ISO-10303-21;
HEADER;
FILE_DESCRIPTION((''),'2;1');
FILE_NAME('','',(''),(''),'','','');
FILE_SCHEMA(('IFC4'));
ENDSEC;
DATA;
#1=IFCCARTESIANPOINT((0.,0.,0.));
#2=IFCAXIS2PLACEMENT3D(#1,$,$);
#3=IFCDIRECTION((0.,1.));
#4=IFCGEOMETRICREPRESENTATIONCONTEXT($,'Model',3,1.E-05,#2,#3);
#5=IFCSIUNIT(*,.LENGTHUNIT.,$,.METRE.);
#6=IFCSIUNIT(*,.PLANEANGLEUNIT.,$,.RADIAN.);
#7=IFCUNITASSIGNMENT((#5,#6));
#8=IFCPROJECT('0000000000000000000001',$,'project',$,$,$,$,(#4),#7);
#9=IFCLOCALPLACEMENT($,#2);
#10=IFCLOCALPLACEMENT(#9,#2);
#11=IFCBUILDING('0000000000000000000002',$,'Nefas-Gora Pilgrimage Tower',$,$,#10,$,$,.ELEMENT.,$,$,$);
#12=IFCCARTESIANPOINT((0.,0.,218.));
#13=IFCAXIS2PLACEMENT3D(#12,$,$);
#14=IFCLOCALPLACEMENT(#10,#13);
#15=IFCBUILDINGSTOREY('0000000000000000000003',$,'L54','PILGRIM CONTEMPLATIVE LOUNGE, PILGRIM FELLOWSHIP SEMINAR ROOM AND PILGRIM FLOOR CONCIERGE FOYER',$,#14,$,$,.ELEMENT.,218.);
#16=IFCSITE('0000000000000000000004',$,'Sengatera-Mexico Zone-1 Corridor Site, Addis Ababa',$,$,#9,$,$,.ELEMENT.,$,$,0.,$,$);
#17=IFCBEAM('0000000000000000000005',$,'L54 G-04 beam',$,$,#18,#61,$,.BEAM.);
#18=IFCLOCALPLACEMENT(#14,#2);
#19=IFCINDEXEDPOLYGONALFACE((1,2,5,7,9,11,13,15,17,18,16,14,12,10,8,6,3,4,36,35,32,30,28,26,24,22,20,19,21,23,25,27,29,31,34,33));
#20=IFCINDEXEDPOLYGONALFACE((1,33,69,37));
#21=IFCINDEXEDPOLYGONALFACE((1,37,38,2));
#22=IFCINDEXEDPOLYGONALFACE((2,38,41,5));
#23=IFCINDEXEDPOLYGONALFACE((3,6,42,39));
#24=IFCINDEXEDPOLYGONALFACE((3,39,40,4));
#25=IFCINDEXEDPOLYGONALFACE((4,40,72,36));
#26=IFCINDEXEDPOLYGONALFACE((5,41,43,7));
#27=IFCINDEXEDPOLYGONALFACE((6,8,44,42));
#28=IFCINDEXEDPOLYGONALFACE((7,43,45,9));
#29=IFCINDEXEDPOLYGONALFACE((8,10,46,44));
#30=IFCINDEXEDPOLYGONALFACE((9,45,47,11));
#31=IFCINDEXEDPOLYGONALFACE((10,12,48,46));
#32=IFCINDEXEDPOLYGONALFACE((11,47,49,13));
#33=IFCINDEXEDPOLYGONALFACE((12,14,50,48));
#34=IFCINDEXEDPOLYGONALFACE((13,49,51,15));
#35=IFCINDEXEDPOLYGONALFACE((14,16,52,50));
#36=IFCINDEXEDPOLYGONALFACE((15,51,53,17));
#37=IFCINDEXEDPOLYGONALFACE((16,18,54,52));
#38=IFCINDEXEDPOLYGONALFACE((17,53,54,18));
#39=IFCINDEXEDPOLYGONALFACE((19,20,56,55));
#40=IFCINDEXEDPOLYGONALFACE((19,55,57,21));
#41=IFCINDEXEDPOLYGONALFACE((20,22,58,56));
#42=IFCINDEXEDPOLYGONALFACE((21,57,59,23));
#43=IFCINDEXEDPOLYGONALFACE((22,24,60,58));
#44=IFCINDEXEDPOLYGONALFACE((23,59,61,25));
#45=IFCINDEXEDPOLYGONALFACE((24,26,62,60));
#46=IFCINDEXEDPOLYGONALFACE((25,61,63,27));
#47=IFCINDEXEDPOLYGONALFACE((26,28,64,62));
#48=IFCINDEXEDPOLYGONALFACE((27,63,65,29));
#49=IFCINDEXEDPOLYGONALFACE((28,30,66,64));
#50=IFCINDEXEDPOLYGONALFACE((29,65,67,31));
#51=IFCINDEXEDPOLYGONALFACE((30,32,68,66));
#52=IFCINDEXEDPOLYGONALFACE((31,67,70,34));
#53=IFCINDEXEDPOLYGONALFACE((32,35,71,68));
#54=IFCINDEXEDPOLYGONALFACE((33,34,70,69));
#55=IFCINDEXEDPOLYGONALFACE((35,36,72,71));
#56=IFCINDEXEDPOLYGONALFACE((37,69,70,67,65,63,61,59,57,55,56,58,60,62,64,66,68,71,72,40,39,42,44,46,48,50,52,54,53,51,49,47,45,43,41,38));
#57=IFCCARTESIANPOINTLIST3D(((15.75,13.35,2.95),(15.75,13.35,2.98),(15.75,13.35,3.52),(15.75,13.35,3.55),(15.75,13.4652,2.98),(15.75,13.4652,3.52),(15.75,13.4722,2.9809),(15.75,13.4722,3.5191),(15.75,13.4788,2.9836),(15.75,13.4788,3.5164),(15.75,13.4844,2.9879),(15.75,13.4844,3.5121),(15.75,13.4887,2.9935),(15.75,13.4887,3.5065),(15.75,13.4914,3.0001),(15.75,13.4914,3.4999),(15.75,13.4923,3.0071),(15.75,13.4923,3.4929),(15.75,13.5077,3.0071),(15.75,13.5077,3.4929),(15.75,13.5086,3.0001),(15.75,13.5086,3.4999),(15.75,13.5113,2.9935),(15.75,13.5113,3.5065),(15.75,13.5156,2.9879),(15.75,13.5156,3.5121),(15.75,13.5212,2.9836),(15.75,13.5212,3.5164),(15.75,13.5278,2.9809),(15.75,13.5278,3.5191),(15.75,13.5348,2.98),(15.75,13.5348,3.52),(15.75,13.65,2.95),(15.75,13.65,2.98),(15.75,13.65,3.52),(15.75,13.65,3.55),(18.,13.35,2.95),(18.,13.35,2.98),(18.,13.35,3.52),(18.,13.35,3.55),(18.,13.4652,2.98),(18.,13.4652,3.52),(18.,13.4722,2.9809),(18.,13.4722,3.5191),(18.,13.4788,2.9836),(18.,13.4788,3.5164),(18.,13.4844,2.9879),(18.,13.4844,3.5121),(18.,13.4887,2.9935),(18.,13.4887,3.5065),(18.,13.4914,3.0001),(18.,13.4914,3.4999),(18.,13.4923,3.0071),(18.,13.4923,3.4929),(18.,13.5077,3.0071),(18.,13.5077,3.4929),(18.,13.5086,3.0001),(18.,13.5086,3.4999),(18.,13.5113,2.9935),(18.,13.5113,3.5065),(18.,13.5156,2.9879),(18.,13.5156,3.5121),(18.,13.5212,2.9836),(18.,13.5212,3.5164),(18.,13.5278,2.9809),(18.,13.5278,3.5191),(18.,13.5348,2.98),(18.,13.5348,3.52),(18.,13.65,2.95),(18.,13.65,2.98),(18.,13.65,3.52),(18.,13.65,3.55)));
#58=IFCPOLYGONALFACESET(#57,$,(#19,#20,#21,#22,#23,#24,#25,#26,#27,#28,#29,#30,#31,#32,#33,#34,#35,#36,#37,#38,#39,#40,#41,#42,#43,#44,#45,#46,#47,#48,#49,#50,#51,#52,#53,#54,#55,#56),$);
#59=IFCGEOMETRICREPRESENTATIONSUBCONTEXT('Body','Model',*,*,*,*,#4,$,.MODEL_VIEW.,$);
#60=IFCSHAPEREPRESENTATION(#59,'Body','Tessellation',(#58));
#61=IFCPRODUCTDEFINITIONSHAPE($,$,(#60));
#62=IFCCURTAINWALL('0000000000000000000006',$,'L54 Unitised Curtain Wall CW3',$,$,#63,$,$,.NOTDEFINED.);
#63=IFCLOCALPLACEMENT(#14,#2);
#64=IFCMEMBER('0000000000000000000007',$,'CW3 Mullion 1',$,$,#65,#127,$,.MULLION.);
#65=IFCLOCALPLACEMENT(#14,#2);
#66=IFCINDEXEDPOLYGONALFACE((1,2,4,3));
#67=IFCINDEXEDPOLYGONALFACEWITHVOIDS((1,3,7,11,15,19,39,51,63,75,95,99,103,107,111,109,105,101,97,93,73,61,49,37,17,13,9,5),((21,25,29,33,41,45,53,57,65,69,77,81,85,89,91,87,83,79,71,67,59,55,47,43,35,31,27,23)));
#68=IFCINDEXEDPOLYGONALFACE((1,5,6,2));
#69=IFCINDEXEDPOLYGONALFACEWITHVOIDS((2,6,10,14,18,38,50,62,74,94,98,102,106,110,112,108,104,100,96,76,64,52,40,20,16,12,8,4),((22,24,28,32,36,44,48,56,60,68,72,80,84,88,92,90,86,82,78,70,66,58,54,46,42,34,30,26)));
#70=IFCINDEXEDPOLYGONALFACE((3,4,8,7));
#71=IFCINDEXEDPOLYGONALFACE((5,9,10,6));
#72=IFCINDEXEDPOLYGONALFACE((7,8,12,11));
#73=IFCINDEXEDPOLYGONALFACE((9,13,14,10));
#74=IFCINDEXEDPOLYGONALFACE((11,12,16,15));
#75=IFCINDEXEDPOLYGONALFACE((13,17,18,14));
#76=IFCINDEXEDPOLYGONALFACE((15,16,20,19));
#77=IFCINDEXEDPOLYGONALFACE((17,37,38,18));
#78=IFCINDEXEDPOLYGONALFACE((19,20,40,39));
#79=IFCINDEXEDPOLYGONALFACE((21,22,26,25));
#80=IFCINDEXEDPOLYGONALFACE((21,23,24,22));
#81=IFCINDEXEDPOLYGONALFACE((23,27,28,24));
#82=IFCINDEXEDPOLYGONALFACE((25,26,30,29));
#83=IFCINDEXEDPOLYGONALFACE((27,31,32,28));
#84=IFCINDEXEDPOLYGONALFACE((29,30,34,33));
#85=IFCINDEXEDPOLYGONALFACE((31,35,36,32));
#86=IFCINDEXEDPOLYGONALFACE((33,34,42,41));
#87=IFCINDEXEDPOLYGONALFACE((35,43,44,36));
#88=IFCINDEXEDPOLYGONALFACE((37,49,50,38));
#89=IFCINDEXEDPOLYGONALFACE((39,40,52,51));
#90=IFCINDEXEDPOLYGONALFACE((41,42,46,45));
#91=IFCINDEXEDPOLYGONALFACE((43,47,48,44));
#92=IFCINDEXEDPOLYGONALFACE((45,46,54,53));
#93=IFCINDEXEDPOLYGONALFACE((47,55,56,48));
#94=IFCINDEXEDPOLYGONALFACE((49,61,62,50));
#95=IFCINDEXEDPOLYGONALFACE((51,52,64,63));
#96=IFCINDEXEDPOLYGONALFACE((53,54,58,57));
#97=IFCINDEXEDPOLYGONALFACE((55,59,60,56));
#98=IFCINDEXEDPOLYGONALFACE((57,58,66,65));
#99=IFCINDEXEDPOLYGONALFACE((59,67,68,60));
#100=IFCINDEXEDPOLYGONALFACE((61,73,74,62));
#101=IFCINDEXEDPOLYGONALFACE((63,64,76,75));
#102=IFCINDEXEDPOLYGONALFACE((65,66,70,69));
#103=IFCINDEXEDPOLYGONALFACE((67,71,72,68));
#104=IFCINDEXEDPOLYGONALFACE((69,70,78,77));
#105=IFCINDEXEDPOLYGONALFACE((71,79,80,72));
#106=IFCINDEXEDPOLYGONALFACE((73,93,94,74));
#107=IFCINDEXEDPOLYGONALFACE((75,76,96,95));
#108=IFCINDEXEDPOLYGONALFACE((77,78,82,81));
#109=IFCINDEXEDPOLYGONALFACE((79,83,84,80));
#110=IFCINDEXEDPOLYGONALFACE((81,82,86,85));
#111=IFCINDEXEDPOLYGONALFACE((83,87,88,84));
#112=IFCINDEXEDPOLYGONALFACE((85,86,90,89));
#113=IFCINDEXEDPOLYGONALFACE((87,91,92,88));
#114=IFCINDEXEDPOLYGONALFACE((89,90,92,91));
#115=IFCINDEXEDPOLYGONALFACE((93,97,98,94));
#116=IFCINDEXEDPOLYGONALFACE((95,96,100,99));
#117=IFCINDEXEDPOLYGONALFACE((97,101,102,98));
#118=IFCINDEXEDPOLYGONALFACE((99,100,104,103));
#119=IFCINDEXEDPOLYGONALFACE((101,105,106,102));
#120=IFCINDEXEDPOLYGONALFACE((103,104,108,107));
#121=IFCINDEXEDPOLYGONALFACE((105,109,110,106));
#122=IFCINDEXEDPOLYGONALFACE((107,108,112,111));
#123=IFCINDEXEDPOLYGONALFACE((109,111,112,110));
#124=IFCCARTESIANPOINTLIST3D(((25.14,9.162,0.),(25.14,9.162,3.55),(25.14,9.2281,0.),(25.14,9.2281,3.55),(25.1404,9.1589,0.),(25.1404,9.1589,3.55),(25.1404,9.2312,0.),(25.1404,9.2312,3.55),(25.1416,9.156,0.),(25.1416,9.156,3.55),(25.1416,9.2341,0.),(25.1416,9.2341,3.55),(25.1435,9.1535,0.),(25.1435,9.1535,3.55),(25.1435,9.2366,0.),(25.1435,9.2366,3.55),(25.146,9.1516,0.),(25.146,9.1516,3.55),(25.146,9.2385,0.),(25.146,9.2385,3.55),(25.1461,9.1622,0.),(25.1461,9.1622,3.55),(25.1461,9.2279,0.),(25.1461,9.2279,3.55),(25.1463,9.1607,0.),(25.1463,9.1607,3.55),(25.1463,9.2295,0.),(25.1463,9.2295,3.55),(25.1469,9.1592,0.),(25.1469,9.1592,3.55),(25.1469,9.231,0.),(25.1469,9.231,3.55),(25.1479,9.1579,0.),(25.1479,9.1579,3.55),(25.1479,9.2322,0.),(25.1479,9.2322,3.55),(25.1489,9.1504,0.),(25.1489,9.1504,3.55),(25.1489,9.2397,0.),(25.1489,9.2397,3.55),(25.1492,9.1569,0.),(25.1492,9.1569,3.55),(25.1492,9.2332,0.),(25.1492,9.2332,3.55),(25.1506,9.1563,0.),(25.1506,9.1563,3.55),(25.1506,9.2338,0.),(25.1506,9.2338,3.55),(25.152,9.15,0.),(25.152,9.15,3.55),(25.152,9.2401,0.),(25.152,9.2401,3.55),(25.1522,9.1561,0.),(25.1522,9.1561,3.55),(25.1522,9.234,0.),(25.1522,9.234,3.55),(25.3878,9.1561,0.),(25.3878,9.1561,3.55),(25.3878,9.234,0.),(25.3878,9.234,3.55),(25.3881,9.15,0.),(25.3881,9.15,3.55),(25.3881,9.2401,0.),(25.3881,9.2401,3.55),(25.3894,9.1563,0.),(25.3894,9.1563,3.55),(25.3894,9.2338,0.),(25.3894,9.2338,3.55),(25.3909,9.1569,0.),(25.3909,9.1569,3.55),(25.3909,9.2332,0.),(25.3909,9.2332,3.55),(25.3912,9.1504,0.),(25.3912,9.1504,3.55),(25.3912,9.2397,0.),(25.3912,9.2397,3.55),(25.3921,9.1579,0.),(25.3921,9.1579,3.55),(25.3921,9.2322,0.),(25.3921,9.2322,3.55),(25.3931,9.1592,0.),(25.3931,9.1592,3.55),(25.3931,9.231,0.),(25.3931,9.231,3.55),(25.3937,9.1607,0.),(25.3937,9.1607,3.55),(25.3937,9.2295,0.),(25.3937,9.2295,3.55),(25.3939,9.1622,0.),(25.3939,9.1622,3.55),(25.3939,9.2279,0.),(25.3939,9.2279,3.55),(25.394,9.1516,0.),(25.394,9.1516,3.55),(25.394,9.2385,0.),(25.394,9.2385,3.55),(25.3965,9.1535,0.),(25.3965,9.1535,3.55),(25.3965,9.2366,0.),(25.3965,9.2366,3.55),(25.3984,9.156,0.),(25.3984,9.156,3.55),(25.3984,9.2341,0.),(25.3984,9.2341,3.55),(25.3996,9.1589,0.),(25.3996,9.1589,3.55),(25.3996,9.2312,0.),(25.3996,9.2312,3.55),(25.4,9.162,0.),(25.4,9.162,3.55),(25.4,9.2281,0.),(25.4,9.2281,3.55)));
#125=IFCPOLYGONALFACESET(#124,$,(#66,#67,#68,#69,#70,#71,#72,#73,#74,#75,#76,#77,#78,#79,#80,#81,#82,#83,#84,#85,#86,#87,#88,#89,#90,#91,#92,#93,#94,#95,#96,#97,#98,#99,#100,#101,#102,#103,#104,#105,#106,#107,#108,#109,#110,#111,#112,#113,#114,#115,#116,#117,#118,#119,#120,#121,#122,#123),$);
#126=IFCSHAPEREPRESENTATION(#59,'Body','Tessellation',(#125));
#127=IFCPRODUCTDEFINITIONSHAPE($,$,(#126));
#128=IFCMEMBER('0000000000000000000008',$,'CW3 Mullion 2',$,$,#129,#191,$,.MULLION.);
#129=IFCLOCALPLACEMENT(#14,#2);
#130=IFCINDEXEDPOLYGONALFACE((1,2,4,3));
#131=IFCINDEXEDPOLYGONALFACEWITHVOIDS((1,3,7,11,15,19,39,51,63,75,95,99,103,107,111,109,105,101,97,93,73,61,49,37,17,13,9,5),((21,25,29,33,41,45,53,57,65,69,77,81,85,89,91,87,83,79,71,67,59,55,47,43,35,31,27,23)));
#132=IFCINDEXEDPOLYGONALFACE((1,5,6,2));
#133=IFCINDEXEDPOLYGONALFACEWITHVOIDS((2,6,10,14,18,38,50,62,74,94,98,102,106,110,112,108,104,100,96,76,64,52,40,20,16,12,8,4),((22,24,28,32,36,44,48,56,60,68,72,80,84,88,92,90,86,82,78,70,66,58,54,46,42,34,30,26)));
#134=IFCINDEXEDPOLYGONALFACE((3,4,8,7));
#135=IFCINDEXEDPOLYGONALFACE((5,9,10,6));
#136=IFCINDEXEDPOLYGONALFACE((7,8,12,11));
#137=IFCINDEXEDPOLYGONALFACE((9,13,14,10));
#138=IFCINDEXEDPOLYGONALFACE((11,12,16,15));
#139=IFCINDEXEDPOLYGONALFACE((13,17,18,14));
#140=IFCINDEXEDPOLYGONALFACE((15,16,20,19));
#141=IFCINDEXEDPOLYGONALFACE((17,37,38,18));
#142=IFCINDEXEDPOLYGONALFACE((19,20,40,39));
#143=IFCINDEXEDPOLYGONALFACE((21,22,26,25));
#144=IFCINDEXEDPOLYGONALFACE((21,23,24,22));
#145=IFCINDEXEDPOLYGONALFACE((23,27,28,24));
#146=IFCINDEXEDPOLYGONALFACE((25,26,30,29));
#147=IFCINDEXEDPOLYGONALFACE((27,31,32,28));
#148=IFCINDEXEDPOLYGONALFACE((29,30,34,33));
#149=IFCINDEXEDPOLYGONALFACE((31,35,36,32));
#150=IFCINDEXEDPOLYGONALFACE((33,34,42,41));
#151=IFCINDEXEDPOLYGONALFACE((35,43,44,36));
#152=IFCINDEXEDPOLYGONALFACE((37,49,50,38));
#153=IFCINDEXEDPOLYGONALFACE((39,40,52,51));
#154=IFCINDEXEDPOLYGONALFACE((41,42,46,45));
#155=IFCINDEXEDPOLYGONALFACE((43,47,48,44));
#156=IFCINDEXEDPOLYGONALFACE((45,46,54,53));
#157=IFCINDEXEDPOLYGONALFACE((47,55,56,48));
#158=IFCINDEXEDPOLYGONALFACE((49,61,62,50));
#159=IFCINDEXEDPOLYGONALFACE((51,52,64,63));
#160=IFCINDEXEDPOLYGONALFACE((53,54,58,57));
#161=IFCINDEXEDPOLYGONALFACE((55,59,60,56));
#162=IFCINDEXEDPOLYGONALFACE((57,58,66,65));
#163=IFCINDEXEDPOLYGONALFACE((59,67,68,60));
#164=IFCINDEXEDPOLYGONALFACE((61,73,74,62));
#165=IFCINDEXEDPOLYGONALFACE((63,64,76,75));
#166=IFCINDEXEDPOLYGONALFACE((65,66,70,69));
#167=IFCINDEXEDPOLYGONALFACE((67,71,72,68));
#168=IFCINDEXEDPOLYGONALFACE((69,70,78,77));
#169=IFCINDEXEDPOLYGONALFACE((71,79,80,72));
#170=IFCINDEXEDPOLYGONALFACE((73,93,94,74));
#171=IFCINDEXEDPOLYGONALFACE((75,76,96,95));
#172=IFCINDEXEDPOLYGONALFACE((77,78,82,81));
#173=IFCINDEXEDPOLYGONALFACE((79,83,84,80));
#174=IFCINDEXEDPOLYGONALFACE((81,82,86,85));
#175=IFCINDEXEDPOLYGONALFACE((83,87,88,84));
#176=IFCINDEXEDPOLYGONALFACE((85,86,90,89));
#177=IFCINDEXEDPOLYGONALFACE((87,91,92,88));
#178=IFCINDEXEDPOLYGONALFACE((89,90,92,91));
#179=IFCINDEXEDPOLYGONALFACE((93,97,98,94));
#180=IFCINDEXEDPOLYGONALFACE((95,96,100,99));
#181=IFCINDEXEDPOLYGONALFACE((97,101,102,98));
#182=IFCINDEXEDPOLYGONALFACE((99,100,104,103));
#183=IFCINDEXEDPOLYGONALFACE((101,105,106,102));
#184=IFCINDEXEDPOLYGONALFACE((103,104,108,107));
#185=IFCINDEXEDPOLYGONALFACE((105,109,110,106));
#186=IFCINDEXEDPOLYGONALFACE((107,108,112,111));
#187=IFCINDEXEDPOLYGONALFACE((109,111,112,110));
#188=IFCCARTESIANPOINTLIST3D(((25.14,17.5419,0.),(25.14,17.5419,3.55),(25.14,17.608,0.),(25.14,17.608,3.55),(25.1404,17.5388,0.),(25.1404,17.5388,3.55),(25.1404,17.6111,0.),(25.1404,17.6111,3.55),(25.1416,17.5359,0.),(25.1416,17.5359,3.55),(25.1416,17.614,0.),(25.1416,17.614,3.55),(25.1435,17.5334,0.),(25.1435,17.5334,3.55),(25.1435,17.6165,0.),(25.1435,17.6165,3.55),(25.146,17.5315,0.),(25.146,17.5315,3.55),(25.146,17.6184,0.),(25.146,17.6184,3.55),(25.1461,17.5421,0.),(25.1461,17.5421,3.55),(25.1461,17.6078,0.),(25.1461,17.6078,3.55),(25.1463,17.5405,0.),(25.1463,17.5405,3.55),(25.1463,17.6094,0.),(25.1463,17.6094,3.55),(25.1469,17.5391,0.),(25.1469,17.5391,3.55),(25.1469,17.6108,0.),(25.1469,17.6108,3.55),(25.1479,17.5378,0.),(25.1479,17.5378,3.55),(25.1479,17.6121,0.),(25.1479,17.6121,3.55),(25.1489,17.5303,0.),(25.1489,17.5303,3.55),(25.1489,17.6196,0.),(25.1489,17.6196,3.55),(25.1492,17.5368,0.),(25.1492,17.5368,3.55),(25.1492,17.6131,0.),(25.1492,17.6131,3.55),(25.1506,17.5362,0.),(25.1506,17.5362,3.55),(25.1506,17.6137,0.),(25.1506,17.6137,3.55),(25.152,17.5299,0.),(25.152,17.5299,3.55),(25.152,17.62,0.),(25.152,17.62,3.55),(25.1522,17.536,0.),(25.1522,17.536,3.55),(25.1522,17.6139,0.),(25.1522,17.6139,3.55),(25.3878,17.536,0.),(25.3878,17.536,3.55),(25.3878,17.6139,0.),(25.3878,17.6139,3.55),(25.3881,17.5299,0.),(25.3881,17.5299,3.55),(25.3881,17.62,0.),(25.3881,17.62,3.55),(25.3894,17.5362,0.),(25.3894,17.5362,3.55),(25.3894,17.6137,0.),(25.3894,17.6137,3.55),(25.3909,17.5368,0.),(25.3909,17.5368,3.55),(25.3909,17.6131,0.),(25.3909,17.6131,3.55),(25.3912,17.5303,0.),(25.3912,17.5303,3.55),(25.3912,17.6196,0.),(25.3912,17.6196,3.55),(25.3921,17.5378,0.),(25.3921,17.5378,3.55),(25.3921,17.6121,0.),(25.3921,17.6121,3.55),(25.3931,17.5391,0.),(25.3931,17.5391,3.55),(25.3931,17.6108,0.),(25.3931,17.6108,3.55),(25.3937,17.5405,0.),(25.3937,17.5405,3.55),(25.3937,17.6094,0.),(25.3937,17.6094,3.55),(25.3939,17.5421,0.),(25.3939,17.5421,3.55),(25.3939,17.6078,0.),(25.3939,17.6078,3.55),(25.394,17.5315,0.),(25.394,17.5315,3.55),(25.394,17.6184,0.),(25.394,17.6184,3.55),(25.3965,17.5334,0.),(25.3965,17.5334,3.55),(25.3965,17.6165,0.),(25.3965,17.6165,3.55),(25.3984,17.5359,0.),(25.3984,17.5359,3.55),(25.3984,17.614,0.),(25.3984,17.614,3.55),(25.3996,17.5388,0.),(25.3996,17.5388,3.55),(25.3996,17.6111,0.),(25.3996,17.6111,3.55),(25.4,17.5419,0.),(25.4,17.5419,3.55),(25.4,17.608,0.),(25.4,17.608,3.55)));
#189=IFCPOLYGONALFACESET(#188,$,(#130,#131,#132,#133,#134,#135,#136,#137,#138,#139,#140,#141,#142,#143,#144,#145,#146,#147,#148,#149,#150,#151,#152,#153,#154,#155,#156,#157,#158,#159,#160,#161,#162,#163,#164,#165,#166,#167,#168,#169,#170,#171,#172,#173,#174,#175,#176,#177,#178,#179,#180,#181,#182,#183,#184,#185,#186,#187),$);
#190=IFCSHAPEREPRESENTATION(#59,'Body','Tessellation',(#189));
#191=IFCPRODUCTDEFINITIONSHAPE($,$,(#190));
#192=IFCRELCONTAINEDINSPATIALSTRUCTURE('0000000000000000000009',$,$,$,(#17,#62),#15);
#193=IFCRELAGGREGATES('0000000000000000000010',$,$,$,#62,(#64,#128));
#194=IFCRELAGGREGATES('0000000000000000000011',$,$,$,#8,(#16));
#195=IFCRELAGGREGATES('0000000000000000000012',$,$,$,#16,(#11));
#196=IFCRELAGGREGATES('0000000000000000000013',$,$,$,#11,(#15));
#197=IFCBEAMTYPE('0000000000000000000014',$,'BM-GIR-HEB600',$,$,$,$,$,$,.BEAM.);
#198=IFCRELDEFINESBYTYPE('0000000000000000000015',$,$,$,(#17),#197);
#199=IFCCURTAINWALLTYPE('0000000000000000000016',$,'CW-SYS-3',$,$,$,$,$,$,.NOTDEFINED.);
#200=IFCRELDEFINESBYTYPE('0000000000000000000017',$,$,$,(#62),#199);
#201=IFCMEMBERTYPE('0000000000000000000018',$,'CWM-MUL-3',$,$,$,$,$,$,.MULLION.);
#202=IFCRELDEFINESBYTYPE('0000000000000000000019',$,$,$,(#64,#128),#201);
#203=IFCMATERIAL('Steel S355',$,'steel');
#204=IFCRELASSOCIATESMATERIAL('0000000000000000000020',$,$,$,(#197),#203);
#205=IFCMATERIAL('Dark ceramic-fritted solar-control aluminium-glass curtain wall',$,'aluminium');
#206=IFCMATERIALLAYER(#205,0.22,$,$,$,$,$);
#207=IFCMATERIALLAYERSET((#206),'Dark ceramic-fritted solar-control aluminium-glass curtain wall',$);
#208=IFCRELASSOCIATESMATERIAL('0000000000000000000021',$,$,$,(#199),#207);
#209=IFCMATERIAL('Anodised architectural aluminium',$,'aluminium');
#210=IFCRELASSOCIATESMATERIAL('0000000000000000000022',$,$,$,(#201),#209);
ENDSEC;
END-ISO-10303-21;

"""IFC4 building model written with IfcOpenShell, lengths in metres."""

from ifc_helpers import new_model, si_unit, direction, frame, origin, origin_2d, place, context, subcontext, project, spatial, hollow_rectangle, i_section, extrude, source, transform, mapped, material, layer, layer_set, material_profile, profile_set, type_object, element, aggregate, save


model = new_model("IFC4")

# Units and contexts
model_context = context("Model", 3, precision=1e-05, world=origin(), true_north=direction((0.0, 1.0)))
body_context = subcontext(model_context, "Body", "Model", "MODEL_VIEW")
ifc_project = project(units=[si_unit("LENGTHUNIT", "METRE"), si_unit("PLANEANGLEUNIT", "RADIAN")], contexts=[model_context])

# Site, building, storey
site_placement = place(None, origin())
site = spatial("IfcSite", under=ifc_project, at=site_placement, Name="Sengatera-Mexico Zone-1 Corridor Site, Addis Ababa", CompositionType="ELEMENT", RefElevation=0.0)
building_placement = place(site_placement, origin())
building = spatial("IfcBuilding", under=site, at=building_placement, Name="Nefas-Gora Pilgrimage Tower", CompositionType="ELEMENT")
storey_placement = place(building_placement, frame((0.0, 0.0, 218.0)))
storey = spatial("IfcBuildingStorey", under=building, at=storey_placement, Name="L54", Description="PILGRIM CONTEMPLATIVE LOUNGE, PILGRIM FELLOWSHIP SEMINAR ROOM AND PILGRIM FLOOR CONCIERGE FOYER", CompositionType="ELEMENT", Elevation=218.0)

# Beam
ifc_material_1 = material(Name="Steel S355", Category="steel")
ifc_material_profile_1 = material_profile(ifc_material_1, i_section(OverallWidth=0.3, OverallDepth=0.6001, WebThickness=0.0154, FlangeThickness=0.03, FilletRadius=0.0271, at=origin_2d()), Name="HEB 600")
ifc_profile_set_1 = profile_set([ifc_material_profile_1], Name="Steel S355")
beam_type_1 = type_object("IfcBeamType", Name="BM-GIR-HEB600", PredefinedType="BEAM", material=ifc_profile_set_1)
shared_shape_1 = source(origin(), body_context, "Body", "SweptSolid", [
    extrude(i_section(OverallWidth=0.3, OverallDepth=0.6001, WebThickness=0.0154, FlangeThickness=0.03, FilletRadius=0.0271, at=origin_2d()), origin(), (0.0, 0.0, 1.0), 2.25),
])
beam_1_placement = place(storey_placement, frame((15.75, 13.5, 3.25), z_axis=(1.0, 0.0, 0.0), x_axis=(0.0, 1.0, 0.0)))
element("IfcBeam", 1, at=beam_1_placement, inside=storey, type_object=beam_type_1, Name="L54 G-04 beam", PredefinedType="BEAM", context=body_context, shape_type="MappedRepresentation", body=[
    mapped(shared_shape_1, transform((0.0, 0.0, 0.0), x_axis=(1.0, 0.0, 0.0), y_axis=(0.0, 1.0, 0.0), z_axis=(0.0, 0.0, 1.0), scale=1.0)),
])

# Curtain wall, members
ifc_material_2 = material(Name="Dark ceramic-fritted solar-control aluminium-glass curtain wall", Category="aluminium")
ifc_layer_1 = layer(ifc_material_2, 0.22)
ifc_layer_set_1 = layer_set([ifc_layer_1], Name="Dark ceramic-fritted solar-control aluminium-glass curtain wall")
curtain_wall_type = type_object("IfcCurtainWallType", Name="CW-SYS-3", PredefinedType="NOTDEFINED", material=ifc_layer_set_1)
curtain_wall_1_placement = place(storey_placement, origin())
curtain_wall_1 = element("IfcCurtainWall", 2, at=curtain_wall_1_placement, inside=storey, type_object=curtain_wall_type, Name="L54 Unitised Curtain Wall CW3", PredefinedType="NOTDEFINED")
ifc_material_3 = material(Name="Anodised architectural aluminium", Category="aluminium")
ifc_material_profile_2 = material_profile(ifc_material_3, hollow_rectangle(XDim=0.0901, YDim=0.26, WallThickness=0.0061, InnerFilletRadius=0.0061, OuterFilletRadius=0.012, at=origin_2d()), Name="ALU MULLION 90x260")
ifc_profile_set_2 = profile_set([ifc_material_profile_2], Name="Anodised architectural aluminium")
member_type_1 = type_object("IfcMemberType", Name="CWM-MUL-3", PredefinedType="MULLION", material=ifc_profile_set_2)
shared_shape_2 = source(origin(), body_context, "Body", "SweptSolid", [
    extrude(hollow_rectangle(XDim=0.0901, YDim=0.26, WallThickness=0.0061, InnerFilletRadius=0.0061, OuterFilletRadius=0.012, at=origin_2d()), origin(), (0.0, 0.0, 1.0), 3.55),
])
member_1_placement = place(storey_placement, frame((25.27, 9.1951, 0.0), z_axis=(0.0, 0.0, 1.0), x_axis=(0.0, 1.0, 0.0)))
member_1 = element("IfcMember", 3, at=member_1_placement, type_object=member_type_1, Name="CW3 Mullion 1", PredefinedType="MULLION", context=body_context, shape_type="MappedRepresentation", body=[
    mapped(shared_shape_2, transform((0.0, 0.0, 0.0), x_axis=(1.0, 0.0, 0.0), y_axis=(0.0, 1.0, 0.0), z_axis=(0.0, 0.0, 1.0), scale=1.0)),
])
member_2_placement = place(storey_placement, frame((25.27, 17.575, 0.0), z_axis=(0.0, 0.0, 1.0), x_axis=(0.0, 1.0, 0.0)))
member_2 = element("IfcMember", 4, at=member_2_placement, type_object=member_type_1, Name="CW3 Mullion 2", PredefinedType="MULLION", context=body_context, shape_type="MappedRepresentation", body=[
    mapped(shared_shape_2, transform((0.0, 0.0, 0.0), x_axis=(1.0, 0.0, 0.0), y_axis=(0.0, 1.0, 0.0), z_axis=(0.0, 0.0, 1.0), scale=1.0)),
])

aggregate(curtain_wall_1, [member_1, member_2])

save(model, "model.ifc")
